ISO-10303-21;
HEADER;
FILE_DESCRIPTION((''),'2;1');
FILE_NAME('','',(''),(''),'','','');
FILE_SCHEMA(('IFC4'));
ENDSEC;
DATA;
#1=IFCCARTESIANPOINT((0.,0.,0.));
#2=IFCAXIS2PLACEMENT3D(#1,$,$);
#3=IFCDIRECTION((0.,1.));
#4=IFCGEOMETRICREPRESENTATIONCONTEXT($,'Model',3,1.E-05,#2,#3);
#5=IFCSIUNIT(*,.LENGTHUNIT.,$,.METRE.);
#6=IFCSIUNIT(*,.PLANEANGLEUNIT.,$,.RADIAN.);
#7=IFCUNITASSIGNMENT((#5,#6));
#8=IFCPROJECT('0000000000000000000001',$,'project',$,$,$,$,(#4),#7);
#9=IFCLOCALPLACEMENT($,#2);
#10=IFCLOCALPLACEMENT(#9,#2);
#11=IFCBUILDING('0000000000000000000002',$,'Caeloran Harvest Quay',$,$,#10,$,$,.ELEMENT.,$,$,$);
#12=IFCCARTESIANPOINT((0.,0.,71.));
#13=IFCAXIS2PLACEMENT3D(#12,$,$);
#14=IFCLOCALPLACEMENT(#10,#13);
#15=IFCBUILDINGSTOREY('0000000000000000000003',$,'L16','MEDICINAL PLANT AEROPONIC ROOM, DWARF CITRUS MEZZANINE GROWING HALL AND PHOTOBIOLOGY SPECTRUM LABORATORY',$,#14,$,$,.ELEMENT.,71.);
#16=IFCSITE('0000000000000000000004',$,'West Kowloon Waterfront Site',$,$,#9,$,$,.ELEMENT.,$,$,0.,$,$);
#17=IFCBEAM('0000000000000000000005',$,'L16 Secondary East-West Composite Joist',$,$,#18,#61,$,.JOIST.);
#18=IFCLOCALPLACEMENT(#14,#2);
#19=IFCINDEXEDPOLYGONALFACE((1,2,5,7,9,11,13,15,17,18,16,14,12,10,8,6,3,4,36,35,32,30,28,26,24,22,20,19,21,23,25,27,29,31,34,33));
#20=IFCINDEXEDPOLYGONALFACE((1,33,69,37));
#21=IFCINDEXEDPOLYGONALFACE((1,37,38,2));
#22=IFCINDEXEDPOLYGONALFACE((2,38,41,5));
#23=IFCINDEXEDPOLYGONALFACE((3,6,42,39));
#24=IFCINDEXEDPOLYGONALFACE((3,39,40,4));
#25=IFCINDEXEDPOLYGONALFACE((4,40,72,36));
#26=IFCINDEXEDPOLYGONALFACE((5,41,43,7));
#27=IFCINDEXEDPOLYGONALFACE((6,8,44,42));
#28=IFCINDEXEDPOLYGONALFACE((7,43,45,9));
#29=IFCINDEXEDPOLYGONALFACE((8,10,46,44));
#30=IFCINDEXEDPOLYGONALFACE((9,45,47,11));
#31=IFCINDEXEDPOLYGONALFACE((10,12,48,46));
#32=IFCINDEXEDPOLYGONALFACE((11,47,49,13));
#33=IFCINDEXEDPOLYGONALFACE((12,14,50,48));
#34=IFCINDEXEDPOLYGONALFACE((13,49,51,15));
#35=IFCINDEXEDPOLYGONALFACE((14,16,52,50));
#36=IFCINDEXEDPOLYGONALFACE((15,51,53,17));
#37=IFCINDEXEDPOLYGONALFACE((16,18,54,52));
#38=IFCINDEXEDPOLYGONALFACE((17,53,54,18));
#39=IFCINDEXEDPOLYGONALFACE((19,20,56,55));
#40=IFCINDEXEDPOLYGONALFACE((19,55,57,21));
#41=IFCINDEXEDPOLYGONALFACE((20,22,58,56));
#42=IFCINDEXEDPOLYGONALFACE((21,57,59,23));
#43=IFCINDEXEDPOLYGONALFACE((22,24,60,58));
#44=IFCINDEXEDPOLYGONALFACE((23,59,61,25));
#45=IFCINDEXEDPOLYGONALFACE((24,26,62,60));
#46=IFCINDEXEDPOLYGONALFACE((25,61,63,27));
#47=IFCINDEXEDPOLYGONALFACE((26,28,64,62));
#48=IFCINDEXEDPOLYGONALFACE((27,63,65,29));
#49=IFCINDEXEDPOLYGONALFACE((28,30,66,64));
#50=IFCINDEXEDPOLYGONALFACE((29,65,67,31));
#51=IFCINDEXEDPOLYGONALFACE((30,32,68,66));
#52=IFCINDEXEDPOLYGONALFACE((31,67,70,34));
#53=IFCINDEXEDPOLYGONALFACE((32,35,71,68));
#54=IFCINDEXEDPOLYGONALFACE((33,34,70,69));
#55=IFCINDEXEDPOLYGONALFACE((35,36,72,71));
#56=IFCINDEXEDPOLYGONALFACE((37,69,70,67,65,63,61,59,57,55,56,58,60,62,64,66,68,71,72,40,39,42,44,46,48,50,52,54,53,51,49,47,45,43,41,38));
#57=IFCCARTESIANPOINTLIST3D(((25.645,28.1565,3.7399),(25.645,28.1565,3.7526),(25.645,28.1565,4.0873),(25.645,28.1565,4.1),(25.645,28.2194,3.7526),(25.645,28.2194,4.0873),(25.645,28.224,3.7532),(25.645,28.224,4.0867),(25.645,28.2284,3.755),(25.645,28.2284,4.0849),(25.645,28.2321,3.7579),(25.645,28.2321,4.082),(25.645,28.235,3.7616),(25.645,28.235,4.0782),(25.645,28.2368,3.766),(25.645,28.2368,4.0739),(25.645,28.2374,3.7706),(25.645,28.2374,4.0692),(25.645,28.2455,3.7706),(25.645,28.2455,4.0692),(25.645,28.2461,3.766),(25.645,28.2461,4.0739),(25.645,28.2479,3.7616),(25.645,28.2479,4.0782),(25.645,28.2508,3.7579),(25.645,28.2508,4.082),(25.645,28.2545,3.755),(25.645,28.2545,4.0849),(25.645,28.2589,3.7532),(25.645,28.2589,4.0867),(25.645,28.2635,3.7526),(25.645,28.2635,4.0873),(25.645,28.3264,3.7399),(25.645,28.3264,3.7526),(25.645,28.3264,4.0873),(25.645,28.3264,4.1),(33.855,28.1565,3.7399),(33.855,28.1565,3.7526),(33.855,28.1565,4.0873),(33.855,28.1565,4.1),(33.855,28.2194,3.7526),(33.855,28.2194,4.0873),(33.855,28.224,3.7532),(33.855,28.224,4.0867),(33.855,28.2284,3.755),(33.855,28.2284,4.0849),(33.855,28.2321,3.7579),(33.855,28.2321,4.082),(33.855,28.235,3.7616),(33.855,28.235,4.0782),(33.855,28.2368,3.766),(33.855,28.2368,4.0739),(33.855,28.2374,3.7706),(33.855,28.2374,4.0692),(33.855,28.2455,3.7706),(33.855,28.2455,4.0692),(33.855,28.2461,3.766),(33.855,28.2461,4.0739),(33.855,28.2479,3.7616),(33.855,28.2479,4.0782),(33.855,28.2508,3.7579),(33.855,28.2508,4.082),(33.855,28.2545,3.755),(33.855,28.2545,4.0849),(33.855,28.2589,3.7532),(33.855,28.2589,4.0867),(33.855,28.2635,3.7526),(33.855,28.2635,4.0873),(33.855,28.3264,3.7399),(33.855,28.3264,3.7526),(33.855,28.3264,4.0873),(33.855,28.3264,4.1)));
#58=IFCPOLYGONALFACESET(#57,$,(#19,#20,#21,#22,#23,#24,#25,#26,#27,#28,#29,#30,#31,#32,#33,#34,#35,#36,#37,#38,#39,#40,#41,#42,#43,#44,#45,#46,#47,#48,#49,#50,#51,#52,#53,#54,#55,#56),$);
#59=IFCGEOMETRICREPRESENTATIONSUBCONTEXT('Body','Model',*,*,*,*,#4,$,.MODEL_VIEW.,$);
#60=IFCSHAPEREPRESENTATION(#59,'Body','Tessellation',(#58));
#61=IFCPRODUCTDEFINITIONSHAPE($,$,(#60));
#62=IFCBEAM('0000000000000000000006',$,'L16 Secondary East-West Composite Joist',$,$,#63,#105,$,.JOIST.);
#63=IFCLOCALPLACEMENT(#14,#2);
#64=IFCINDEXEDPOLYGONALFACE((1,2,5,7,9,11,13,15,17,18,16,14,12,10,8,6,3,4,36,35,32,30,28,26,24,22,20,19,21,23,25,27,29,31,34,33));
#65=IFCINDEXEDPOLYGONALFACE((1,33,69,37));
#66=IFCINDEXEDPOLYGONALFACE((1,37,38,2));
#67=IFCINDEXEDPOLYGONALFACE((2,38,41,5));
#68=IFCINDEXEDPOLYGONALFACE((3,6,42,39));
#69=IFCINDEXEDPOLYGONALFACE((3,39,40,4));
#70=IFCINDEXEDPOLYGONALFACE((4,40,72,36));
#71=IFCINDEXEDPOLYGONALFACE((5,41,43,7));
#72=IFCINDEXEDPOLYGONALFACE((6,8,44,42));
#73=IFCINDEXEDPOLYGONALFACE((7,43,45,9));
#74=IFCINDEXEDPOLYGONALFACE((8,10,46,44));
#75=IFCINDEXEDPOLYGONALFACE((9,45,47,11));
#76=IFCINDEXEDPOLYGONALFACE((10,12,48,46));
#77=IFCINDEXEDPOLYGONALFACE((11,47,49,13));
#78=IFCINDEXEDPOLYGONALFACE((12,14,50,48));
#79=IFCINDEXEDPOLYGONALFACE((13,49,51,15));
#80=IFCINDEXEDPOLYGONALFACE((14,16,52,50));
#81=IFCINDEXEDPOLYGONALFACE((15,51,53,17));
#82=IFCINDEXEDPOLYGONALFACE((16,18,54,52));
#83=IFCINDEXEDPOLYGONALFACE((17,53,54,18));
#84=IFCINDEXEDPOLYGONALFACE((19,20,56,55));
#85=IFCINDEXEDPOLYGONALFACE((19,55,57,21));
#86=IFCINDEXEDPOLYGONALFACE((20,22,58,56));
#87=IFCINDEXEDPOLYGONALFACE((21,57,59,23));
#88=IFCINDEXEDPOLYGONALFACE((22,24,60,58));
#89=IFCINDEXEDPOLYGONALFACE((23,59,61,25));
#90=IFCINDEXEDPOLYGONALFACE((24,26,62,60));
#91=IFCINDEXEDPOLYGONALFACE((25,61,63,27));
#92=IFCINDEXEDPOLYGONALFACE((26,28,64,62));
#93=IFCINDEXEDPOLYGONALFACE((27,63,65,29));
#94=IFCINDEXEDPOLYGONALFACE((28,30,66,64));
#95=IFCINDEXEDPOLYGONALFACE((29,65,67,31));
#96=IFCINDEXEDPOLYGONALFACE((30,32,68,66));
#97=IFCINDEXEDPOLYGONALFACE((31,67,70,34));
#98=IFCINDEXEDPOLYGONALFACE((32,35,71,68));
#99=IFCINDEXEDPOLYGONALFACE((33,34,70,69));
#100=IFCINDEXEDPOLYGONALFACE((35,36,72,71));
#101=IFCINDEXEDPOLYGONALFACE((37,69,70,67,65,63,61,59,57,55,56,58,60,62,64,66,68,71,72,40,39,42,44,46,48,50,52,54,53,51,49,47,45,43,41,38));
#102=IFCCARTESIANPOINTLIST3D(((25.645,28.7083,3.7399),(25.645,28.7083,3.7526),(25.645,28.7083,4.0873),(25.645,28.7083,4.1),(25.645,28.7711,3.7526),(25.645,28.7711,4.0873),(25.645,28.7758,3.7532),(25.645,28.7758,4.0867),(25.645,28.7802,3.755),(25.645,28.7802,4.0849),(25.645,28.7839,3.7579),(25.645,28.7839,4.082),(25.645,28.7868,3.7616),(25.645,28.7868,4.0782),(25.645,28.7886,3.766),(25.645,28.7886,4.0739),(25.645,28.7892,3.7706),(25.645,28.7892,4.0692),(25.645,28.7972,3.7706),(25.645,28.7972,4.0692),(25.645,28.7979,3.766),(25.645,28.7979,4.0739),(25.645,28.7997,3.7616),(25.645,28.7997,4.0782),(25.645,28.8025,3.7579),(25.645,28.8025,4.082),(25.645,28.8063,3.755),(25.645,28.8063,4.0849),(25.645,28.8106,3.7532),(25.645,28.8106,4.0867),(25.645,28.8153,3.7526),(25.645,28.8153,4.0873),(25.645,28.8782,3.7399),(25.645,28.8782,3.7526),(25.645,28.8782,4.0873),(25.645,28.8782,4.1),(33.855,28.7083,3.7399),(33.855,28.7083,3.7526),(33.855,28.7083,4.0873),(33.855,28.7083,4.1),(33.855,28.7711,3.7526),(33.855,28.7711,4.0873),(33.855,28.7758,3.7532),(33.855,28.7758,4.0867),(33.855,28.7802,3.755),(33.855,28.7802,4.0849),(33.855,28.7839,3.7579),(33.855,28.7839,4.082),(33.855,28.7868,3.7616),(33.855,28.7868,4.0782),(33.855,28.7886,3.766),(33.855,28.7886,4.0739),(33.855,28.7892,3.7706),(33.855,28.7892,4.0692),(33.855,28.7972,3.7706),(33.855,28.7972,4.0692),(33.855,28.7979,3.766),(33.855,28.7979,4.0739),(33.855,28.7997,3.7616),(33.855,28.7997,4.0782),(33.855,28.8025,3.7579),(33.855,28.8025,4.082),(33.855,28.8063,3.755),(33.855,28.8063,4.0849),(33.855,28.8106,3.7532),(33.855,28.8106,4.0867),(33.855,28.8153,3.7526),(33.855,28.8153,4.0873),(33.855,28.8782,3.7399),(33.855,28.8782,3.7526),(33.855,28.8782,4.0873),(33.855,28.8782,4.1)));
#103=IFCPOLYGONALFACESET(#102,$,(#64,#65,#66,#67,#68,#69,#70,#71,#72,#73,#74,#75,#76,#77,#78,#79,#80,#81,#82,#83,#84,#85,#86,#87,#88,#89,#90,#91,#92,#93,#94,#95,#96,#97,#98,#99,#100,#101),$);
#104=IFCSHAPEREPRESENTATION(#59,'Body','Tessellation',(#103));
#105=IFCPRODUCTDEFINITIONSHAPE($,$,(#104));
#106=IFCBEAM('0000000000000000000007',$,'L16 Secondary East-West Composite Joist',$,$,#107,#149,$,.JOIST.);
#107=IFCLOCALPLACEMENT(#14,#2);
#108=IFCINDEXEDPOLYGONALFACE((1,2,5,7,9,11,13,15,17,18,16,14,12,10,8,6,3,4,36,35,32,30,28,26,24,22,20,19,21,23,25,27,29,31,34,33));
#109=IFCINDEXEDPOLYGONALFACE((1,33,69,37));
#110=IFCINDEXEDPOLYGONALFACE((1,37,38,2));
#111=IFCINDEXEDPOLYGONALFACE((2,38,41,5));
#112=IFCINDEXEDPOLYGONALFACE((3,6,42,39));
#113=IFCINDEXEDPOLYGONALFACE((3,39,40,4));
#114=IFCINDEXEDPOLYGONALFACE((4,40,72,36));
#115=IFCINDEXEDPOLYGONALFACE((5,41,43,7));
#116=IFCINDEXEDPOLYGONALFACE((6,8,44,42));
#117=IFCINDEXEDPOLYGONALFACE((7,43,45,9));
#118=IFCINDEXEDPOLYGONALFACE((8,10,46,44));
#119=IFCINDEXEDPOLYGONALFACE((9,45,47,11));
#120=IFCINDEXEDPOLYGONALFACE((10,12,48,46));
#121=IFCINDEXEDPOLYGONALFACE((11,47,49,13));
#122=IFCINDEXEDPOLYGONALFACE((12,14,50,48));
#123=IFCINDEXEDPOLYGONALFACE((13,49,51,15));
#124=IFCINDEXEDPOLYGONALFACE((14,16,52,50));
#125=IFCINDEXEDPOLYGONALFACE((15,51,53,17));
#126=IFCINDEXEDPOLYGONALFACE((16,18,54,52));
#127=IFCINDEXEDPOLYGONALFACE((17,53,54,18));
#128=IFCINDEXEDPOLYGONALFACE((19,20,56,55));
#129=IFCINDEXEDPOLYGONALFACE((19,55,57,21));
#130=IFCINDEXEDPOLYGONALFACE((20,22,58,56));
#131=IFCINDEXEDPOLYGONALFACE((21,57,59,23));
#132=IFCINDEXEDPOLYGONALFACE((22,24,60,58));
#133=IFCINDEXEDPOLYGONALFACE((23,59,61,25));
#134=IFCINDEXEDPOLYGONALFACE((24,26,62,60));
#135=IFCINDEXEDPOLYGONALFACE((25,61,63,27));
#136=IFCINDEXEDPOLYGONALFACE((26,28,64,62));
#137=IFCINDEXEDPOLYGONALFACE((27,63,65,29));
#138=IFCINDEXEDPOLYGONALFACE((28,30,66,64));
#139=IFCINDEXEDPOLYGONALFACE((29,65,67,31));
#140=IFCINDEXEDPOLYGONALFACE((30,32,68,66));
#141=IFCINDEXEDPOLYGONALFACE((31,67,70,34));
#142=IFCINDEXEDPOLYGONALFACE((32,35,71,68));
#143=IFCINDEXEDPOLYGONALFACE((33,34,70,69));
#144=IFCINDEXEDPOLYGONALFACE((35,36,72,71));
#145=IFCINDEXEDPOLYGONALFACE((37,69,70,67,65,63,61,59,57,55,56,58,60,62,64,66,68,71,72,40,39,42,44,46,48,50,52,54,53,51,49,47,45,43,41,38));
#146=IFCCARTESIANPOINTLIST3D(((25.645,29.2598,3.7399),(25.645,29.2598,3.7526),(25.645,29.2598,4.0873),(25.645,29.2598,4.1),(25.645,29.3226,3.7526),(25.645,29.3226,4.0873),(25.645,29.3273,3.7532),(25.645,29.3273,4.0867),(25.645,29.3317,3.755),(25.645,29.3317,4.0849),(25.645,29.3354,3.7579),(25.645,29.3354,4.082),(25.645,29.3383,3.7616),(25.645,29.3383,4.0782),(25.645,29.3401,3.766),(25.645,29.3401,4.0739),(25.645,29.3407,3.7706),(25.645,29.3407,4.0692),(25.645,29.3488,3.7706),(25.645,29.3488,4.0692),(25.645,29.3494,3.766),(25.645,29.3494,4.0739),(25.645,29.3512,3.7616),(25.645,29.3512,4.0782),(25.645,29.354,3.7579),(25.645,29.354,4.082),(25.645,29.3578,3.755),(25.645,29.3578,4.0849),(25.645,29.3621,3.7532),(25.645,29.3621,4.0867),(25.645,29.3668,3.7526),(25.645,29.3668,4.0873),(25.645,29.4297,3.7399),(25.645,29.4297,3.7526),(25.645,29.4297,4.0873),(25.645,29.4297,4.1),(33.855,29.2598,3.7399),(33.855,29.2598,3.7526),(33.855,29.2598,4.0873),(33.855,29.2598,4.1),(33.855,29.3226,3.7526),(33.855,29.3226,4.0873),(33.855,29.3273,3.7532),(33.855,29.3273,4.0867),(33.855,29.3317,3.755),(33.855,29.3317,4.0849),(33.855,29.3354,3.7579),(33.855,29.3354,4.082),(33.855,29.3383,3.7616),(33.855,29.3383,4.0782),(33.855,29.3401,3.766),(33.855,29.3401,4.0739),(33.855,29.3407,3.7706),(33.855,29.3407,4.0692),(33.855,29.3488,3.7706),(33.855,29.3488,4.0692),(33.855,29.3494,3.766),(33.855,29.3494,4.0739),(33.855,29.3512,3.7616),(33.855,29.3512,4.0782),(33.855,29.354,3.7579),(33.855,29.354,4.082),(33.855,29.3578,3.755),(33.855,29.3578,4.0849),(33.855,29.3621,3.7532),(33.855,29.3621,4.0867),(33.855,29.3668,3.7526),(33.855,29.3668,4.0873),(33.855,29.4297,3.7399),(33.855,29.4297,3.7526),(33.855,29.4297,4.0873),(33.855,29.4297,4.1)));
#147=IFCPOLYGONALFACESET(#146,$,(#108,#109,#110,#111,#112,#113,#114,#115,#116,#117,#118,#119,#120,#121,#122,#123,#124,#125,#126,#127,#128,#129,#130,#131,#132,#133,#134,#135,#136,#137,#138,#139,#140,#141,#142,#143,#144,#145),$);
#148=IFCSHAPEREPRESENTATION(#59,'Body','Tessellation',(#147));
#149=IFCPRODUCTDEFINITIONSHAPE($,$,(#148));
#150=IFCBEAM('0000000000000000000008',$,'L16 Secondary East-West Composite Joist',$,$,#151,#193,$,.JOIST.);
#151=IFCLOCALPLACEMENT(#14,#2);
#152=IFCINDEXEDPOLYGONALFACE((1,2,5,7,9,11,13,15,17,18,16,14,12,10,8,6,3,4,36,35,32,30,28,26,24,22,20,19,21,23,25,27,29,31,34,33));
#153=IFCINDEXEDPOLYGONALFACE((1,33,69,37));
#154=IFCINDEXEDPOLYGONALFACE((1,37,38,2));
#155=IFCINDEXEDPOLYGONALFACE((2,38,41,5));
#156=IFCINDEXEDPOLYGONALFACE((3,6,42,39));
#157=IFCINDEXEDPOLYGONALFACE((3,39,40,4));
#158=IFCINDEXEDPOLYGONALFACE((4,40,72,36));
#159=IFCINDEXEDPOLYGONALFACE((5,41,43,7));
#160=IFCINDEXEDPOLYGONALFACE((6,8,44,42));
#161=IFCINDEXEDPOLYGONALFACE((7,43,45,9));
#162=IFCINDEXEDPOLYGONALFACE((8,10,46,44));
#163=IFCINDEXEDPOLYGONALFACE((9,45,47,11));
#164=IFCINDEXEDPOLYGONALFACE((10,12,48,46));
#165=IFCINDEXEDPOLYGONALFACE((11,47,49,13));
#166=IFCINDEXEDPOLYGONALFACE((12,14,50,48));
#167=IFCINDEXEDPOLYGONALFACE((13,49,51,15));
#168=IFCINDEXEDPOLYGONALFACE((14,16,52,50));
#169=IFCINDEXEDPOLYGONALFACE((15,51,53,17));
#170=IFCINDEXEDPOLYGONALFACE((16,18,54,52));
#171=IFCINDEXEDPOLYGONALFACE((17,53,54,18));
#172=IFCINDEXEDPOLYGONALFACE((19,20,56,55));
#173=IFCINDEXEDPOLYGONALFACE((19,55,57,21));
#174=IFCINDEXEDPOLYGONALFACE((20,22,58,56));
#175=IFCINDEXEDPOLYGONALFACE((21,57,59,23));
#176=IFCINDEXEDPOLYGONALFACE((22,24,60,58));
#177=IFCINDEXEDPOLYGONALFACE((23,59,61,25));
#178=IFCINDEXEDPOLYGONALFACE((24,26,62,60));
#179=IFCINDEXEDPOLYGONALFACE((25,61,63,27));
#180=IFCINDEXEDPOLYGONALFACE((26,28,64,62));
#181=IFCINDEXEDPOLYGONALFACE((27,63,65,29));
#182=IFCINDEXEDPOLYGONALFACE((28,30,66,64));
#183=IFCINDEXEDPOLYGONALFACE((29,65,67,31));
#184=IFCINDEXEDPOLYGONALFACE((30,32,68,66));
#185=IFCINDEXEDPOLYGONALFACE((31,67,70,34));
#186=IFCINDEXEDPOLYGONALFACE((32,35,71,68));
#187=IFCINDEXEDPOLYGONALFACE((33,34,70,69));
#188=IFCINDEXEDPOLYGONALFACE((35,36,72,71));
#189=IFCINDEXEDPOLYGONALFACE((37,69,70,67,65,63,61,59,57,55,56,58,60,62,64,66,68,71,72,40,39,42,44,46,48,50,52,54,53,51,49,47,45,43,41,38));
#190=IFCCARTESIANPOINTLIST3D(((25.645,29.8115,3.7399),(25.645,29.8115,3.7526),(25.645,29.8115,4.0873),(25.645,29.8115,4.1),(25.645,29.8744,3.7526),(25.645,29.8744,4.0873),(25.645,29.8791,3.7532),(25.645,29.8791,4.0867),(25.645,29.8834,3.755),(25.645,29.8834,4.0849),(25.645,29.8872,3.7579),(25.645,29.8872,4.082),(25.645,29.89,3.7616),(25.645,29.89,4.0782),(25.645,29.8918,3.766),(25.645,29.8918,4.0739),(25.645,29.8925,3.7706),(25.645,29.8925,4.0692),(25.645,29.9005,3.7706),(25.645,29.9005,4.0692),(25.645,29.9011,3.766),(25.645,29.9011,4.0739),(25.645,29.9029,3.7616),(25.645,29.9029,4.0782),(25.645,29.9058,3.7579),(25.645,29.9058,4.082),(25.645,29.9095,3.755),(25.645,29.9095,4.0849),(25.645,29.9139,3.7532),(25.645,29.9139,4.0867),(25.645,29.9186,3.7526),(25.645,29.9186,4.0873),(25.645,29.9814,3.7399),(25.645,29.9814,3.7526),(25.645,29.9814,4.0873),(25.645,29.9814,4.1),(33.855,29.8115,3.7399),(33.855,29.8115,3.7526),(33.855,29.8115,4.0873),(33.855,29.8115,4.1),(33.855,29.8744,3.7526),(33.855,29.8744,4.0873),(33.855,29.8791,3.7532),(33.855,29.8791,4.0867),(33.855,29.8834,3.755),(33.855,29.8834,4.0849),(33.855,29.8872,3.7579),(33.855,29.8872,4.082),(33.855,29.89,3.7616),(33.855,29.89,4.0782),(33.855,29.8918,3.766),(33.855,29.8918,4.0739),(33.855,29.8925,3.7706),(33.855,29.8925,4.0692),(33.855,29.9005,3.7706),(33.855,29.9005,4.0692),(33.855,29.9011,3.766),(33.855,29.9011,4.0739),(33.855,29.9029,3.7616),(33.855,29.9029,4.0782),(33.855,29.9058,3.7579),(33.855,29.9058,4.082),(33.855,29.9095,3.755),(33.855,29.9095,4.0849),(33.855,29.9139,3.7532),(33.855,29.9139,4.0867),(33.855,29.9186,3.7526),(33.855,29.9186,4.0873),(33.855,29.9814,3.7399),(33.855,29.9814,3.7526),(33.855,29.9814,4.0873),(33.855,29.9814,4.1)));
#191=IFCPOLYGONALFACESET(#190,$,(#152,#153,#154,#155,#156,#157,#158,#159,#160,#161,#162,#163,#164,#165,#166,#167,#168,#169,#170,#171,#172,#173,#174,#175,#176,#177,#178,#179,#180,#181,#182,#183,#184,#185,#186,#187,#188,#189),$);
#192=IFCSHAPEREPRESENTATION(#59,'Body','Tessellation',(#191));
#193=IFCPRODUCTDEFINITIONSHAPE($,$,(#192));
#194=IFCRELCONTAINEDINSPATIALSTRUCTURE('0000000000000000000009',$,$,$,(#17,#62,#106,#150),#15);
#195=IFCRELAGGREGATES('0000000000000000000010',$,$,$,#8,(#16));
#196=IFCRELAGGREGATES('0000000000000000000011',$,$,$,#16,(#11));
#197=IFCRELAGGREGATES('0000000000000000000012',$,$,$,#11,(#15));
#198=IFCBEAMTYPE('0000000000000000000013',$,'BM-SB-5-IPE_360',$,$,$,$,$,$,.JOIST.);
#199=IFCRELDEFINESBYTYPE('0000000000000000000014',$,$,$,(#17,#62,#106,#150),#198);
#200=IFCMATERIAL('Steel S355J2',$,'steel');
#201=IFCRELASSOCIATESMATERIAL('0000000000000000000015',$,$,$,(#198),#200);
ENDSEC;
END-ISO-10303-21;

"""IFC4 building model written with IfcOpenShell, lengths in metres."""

from ifc_helpers import new_model, si_unit, direction, frame, origin, origin_2d, place, context, subcontext, project, spatial, i_section, extrude, material, material_profile, profile_set, type_object, element, save


model = new_model("IFC4")

# Units and contexts
model_context = context("Model", 3, precision=1e-05, world=origin(), true_north=direction((0.0, 1.0)))
body_context = subcontext(model_context, "Body", "Model", "MODEL_VIEW")
ifc_project = project(units=[si_unit("LENGTHUNIT", "METRE"), si_unit("PLANEANGLEUNIT", "RADIAN")], contexts=[model_context])

# Site, building, storey
site_placement = place(None, origin())
site = spatial("IfcSite", under=ifc_project, at=site_placement, Name="West Kowloon Waterfront Site", CompositionType="ELEMENT", RefElevation=0.0)
building_placement = place(site_placement, origin())
building = spatial("IfcBuilding", under=site, at=building_placement, Name="Caeloran Harvest Quay", CompositionType="ELEMENT")
storey_placement = place(building_placement, frame((0.0, 0.0, 71.0)))
storey = spatial("IfcBuildingStorey", under=building, at=storey_placement, Name="L16", Description="MEDICINAL PLANT AEROPONIC ROOM, DWARF CITRUS MEZZANINE GROWING HALL AND PHOTOBIOLOGY SPECTRUM LABORATORY", CompositionType="ELEMENT", Elevation=71.0)

# Beams
ifc_material_1 = material(Name="Steel S355J2", Category="steel")
ifc_material_profile_1 = material_profile(ifc_material_1, i_section(OverallWidth=0.1699, OverallDepth=0.3601, WebThickness=0.0081, FlangeThickness=0.0127, FilletRadius=0.0181, at=origin_2d()), Name="IPE 360")
ifc_profile_set_1 = profile_set([ifc_material_profile_1], Name="Steel S355J2")
beam_type_1 = type_object("IfcBeamType", Name="BM-SB-5-IPE_360", PredefinedType="JOIST", material=ifc_profile_set_1)
for number, where, z_axis, x_axis, name in (
    (1, (25.645, 28.2415, 3.9199), (1.0, 0.0, 0.0), (0.0, 1.0, 0.0), "L16 Secondary East-West Composite Joist"),
    (2, (25.645, 28.7932, 3.9199), (1.0, 0.0, 0.0), (0.0, 1.0, 0.0), "L16 Secondary East-West Composite Joist"),
    (3, (25.645, 29.3447, 3.9199), (1.0, 0.0, 0.0), (0.0, 1.0, 0.0), "L16 Secondary East-West Composite Joist"),
    (4, (25.645, 29.8965, 3.9199), (1.0, 0.0, 0.0), (0.0, 1.0, 0.0), "L16 Secondary East-West Composite Joist"),
):
    element("IfcBeam", number, at=place(storey_placement, frame(where, z_axis=z_axis, x_axis=x_axis)), inside=storey, type_object=beam_type_1, Name=name, PredefinedType="JOIST", context=body_context, shape_type="SweptSolid", body=[
        extrude(i_section(OverallWidth=0.1699, OverallDepth=0.3601, WebThickness=0.0081, FlangeThickness=0.0127, FilletRadius=0.0181, at=origin_2d()), origin(), (0.0, 0.0, 1.0), 8.21),
    ])

save(model, "model.ifc")
